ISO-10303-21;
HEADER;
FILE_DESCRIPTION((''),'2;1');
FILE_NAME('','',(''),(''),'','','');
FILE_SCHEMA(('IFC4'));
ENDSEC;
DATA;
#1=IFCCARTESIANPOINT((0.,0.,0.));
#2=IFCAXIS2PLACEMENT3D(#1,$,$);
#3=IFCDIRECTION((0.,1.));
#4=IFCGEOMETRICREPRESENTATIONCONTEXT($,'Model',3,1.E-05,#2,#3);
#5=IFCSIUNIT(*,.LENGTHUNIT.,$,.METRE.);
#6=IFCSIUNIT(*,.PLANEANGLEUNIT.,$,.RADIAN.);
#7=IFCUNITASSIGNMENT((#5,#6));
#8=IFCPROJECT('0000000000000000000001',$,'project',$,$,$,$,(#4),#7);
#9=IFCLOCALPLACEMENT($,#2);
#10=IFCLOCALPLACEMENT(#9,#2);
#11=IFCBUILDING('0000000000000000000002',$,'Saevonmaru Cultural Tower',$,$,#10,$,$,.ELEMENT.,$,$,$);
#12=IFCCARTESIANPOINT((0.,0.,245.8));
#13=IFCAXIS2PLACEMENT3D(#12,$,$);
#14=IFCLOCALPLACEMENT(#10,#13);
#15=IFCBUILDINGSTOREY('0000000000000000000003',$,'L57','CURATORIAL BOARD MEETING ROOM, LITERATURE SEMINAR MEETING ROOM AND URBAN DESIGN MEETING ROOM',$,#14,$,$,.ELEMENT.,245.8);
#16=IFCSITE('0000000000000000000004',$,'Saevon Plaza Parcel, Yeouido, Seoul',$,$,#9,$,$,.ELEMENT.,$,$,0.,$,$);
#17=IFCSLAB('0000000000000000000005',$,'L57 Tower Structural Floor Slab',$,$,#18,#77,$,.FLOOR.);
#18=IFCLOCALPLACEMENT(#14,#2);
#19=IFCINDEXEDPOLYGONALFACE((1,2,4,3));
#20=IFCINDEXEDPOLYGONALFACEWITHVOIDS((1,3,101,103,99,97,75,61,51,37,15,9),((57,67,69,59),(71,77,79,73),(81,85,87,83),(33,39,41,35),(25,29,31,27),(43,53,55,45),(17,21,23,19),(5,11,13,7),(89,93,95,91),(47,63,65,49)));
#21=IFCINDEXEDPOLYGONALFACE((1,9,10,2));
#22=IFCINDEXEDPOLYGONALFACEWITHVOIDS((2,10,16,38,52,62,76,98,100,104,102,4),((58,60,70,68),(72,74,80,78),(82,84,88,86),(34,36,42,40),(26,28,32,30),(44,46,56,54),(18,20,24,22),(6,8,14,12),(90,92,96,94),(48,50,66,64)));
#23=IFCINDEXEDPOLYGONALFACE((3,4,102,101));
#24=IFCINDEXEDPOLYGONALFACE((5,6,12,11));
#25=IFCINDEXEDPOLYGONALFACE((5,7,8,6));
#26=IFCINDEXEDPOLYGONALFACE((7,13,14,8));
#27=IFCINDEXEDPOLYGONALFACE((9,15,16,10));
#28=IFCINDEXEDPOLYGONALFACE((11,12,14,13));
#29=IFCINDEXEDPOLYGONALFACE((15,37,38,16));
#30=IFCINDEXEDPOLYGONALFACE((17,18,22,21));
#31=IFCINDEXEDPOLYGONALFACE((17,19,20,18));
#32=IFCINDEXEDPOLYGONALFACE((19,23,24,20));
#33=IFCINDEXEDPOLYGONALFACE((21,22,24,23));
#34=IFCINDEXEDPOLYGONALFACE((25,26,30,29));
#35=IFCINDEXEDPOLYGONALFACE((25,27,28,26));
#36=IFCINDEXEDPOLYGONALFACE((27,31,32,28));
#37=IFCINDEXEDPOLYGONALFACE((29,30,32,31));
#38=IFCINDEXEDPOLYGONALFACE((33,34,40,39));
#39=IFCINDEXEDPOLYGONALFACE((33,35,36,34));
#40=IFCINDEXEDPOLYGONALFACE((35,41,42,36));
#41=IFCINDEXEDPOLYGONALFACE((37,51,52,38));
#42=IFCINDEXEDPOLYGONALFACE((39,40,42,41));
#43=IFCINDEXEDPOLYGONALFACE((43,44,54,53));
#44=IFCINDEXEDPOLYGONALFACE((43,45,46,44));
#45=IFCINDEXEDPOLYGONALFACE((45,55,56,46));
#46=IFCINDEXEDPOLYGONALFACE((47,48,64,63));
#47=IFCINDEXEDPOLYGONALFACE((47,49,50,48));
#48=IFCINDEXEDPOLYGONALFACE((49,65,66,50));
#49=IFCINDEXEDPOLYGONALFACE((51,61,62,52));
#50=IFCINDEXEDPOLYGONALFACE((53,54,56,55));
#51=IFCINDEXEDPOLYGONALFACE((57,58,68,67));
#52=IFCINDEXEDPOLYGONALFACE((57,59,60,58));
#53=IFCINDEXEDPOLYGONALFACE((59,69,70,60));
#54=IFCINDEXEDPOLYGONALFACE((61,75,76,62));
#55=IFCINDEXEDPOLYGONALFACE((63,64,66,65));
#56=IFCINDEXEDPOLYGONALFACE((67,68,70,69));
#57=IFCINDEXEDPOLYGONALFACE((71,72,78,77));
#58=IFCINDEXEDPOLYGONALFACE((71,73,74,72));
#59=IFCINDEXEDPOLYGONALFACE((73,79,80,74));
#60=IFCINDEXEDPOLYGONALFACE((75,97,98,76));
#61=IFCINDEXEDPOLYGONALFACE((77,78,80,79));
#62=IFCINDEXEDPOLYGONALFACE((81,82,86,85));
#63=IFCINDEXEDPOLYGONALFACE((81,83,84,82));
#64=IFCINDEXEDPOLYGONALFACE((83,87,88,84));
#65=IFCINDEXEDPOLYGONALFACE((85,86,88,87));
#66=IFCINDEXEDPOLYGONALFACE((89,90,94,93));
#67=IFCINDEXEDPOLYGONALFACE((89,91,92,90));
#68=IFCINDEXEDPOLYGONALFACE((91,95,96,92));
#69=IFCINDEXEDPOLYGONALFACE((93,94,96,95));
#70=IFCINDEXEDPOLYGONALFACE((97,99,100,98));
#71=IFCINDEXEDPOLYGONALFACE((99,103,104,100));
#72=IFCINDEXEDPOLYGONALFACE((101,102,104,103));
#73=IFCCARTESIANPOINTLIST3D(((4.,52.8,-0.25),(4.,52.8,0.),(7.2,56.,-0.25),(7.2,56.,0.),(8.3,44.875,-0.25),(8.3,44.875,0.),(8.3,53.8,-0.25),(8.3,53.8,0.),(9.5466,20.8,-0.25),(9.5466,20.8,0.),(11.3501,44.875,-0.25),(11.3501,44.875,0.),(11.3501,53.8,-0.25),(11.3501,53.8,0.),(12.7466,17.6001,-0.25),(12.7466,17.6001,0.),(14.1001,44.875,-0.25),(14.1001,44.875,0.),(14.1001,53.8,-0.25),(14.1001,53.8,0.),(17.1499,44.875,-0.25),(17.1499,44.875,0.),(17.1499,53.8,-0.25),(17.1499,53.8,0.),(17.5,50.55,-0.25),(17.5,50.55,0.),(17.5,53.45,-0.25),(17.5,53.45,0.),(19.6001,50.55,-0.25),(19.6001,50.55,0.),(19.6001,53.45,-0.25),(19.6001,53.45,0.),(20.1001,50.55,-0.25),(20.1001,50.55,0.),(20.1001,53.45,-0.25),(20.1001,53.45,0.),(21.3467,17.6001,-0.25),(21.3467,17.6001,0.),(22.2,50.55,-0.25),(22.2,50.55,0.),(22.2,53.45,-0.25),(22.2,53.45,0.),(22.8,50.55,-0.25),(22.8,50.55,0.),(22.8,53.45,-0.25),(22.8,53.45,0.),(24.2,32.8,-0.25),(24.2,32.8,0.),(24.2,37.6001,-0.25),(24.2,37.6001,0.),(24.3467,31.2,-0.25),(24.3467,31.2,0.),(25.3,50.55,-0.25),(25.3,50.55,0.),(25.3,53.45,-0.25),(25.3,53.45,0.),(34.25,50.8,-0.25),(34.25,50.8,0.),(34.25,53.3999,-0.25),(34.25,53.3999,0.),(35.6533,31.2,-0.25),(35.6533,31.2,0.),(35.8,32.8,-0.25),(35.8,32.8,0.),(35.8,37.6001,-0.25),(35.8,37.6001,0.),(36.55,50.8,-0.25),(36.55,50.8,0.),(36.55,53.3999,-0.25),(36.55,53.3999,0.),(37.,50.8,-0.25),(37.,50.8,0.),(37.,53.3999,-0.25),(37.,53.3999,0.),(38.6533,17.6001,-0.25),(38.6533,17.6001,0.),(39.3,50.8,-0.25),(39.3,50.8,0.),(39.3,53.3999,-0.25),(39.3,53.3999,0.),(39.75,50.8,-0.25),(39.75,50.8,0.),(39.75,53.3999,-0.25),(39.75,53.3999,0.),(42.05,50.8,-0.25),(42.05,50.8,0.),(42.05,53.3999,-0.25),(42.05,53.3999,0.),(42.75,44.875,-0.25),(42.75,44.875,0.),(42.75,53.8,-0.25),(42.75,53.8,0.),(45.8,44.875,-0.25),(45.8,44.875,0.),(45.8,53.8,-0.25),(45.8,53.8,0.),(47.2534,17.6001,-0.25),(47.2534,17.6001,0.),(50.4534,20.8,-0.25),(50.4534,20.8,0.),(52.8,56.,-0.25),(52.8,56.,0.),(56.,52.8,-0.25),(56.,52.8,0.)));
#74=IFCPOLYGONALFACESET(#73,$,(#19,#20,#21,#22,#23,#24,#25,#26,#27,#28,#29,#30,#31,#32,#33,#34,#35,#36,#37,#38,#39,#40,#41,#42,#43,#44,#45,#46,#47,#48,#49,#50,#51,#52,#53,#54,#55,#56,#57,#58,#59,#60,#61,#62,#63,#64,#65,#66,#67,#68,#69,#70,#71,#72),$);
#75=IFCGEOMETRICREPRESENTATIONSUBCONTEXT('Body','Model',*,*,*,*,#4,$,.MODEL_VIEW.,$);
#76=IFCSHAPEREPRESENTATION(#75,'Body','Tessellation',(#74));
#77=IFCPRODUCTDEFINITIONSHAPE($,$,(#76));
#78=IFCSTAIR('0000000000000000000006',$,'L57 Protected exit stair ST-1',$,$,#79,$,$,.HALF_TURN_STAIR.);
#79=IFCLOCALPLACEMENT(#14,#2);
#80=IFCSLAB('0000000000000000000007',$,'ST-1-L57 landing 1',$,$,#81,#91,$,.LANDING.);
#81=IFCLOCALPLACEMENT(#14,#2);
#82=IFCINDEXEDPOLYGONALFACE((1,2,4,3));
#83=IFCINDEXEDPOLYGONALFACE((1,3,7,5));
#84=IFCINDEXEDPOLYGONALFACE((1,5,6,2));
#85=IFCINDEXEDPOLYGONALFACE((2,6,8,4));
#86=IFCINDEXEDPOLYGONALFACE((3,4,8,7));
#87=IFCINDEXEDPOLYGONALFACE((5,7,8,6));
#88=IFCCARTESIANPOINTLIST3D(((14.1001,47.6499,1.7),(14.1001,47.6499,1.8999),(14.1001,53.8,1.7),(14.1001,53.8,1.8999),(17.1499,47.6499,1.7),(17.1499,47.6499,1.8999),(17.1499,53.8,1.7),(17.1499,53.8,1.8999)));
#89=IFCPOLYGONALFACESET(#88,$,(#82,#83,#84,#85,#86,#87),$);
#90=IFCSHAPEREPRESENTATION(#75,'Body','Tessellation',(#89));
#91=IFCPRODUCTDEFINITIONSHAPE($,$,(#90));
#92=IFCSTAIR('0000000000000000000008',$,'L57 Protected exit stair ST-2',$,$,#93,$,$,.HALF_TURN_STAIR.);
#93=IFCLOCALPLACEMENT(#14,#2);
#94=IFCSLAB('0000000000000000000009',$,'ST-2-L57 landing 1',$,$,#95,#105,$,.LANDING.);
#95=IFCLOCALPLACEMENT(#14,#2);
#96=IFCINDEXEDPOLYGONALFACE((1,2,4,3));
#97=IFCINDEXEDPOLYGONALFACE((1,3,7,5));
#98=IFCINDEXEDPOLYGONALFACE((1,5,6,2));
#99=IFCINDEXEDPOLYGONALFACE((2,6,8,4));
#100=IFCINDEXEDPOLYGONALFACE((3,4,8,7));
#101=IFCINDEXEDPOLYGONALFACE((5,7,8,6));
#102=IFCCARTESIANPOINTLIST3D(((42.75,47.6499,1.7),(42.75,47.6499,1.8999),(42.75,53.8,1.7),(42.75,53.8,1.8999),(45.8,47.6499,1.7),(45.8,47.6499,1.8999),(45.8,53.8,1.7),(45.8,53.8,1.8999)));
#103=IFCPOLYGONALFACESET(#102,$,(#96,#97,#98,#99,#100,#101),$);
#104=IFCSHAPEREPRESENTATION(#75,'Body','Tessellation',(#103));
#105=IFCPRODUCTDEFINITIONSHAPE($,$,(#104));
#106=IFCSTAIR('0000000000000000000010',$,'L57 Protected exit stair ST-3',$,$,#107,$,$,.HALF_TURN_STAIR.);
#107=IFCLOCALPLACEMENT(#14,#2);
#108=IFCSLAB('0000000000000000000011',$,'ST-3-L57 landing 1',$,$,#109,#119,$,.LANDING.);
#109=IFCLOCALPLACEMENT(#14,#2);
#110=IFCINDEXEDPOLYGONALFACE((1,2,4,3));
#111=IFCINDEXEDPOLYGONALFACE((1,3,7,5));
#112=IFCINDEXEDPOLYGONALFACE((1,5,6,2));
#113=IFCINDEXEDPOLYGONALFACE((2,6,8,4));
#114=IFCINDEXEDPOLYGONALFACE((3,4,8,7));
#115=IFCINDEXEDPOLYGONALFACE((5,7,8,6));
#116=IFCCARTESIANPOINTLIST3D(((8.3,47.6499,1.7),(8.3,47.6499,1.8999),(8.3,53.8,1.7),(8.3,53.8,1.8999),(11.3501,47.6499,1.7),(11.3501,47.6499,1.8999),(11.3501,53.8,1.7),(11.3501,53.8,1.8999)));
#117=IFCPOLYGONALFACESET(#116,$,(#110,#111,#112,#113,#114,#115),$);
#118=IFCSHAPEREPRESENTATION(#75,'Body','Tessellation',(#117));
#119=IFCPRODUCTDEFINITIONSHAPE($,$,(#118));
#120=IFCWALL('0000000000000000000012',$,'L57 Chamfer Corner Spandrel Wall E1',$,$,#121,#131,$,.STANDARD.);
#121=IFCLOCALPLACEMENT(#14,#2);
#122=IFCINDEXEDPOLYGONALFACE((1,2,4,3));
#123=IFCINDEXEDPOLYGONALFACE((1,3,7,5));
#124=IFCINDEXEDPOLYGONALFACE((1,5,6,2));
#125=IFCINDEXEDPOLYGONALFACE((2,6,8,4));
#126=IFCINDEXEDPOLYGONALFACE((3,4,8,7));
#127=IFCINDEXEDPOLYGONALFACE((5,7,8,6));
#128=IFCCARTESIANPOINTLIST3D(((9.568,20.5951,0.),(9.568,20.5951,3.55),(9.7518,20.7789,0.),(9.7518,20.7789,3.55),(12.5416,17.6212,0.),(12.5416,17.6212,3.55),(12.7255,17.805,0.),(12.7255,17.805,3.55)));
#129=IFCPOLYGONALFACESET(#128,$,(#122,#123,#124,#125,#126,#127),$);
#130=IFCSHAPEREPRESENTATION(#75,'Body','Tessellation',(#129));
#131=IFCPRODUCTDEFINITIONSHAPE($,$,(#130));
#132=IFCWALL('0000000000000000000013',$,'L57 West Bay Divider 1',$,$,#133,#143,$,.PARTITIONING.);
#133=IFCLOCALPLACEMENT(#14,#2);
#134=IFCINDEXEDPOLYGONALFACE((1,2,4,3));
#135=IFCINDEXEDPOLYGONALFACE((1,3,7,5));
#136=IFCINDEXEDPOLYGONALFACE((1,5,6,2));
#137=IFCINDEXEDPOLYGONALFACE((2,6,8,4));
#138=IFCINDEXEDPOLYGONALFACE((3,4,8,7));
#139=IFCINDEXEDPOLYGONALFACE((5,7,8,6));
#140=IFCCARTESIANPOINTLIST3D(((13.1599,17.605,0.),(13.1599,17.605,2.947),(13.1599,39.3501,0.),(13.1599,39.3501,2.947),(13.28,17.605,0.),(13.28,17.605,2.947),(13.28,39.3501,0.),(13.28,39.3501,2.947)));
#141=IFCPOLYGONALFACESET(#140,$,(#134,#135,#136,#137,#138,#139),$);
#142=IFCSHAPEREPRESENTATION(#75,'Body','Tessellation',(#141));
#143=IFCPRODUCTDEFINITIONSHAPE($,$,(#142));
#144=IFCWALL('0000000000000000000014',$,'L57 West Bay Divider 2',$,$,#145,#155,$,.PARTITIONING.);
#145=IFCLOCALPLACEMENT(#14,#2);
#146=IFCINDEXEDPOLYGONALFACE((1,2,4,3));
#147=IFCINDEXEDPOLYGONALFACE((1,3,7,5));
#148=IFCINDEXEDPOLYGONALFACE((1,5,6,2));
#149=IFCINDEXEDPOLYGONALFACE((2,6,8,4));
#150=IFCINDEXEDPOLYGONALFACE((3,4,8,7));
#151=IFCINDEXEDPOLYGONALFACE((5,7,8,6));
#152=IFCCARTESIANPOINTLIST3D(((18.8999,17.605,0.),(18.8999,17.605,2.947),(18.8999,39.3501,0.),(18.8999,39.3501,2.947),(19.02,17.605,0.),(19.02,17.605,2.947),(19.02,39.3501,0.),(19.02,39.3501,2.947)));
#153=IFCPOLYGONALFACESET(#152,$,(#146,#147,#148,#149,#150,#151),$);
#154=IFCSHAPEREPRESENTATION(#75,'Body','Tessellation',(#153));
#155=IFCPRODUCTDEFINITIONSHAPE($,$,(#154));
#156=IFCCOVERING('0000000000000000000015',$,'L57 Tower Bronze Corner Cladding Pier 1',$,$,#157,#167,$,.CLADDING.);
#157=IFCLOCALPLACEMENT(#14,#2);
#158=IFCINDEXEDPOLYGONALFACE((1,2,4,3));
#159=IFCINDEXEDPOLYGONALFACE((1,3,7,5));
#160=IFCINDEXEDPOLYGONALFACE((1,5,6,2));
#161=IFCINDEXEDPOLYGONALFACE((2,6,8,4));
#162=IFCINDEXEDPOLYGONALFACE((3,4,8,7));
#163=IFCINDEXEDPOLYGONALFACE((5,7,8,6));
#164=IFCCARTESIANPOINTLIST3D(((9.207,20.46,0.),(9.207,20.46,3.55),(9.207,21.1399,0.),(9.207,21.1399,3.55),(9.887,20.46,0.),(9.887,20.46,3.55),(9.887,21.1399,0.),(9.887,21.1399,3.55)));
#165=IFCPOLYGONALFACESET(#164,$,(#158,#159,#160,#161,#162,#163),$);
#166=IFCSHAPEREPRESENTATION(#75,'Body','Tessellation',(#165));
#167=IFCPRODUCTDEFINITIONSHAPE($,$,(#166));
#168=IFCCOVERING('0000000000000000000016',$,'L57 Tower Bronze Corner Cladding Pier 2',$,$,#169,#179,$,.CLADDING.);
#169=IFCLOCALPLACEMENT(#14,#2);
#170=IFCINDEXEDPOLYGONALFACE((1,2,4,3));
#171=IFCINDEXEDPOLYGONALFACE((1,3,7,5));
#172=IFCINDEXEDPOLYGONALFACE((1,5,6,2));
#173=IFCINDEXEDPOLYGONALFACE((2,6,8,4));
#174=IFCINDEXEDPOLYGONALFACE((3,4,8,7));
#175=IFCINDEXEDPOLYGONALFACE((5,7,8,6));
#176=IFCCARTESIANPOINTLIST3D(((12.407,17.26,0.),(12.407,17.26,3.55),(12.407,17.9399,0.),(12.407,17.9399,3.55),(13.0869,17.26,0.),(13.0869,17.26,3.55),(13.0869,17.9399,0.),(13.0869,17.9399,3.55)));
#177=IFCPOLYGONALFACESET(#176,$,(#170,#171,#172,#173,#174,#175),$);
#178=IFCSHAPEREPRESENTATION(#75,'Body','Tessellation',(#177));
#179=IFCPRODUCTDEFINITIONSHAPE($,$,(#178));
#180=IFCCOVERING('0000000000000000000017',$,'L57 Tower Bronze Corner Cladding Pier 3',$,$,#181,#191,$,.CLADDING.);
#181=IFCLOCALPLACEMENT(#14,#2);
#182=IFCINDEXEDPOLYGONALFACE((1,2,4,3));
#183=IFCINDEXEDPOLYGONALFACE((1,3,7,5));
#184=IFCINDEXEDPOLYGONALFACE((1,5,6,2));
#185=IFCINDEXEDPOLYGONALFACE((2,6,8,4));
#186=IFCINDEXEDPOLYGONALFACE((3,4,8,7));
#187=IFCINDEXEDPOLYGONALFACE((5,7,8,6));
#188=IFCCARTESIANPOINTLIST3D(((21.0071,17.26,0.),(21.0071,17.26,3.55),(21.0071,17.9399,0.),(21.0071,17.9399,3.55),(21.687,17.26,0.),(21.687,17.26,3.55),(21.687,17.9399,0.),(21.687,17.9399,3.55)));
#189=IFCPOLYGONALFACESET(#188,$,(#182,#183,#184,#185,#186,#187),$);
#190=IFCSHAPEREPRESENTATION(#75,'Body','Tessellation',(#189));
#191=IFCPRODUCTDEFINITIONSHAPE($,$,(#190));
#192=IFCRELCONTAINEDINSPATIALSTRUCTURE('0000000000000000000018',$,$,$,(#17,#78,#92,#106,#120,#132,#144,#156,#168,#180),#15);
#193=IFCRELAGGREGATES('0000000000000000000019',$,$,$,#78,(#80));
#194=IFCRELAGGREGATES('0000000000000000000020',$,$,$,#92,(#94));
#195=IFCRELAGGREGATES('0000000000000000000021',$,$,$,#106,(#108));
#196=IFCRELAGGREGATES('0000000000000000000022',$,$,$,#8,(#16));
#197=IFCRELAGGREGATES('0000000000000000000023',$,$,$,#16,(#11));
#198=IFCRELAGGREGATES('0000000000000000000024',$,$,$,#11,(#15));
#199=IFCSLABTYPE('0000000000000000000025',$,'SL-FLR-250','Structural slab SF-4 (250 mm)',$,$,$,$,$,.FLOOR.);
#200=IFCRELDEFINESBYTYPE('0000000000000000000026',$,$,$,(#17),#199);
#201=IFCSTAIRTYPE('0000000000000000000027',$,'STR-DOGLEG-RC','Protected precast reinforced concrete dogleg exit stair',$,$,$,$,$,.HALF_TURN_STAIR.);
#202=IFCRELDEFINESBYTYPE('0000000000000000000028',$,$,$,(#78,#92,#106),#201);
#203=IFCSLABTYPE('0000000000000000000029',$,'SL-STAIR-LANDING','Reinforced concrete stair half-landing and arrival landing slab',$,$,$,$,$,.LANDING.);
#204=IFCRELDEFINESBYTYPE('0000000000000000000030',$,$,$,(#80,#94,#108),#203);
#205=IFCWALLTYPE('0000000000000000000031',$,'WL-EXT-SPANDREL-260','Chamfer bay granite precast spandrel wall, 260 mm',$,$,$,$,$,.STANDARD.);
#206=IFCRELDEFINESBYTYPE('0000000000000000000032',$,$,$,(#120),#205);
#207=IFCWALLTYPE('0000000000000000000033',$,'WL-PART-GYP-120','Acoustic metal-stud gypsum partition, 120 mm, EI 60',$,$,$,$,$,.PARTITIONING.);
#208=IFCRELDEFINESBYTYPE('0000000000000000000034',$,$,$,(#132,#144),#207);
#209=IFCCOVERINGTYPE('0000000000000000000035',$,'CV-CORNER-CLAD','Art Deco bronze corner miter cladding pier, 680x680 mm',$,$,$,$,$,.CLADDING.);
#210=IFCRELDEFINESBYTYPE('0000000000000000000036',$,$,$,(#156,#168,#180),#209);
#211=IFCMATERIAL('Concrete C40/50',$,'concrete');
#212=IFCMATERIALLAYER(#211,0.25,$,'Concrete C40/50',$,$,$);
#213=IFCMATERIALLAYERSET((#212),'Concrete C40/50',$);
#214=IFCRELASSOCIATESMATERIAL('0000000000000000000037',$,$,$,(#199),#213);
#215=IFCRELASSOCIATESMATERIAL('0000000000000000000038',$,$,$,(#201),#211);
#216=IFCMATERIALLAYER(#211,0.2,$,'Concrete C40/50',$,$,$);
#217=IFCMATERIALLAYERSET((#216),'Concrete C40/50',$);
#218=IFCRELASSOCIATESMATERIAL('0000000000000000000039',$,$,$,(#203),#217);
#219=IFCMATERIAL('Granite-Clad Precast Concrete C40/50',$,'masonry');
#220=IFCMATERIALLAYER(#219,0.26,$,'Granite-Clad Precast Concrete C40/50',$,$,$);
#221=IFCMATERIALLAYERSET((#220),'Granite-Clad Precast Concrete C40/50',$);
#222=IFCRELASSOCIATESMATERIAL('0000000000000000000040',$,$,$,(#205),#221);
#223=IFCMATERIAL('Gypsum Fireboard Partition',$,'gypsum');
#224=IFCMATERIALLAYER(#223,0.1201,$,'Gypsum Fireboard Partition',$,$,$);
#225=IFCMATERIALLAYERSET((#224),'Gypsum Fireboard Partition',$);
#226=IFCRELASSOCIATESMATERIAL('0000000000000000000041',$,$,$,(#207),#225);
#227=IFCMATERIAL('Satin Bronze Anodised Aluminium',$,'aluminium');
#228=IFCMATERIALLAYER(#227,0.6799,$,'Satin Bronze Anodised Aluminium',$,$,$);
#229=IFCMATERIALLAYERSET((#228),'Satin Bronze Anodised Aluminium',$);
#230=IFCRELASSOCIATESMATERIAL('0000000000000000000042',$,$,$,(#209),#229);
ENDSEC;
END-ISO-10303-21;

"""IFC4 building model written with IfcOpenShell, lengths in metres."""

from ifc_helpers import new_model, si_unit, direction, frame, frame_2d, origin, place, context, subcontext, project, spatial, polyline, rectangle, outline, extrude, material, layer, layer_set, type_object, element, aggregate, save


model = new_model("IFC4")

# Units and contexts
model_context = context("Model", 3, precision=1e-05, world=origin(), true_north=direction((0.0, 1.0)))
body_context = subcontext(model_context, "Body", "Model", "MODEL_VIEW")
ifc_project = project(units=[si_unit("LENGTHUNIT", "METRE"), si_unit("PLANEANGLEUNIT", "RADIAN")], contexts=[model_context])

# Site, building, storey
site_placement = place(None, origin())
site = spatial("IfcSite", under=ifc_project, at=site_placement, Name="Saevon Plaza Parcel, Yeouido, Seoul", CompositionType="ELEMENT", RefElevation=0.0)
building_placement = place(site_placement, origin())
building = spatial("IfcBuilding", under=site, at=building_placement, Name="Saevonmaru Cultural Tower", CompositionType="ELEMENT")
storey_placement = place(building_placement, frame((0.0, 0.0, 245.8)))
storey = spatial("IfcBuildingStorey", under=building, at=storey_placement, Name="L57", Description="CURATORIAL BOARD MEETING ROOM, LITERATURE SEMINAR MEETING ROOM AND URBAN DESIGN MEETING ROOM", CompositionType="ELEMENT", Elevation=245.8)

# Shared definitions
ifc_material_1 = material(Name="Satin Bronze Anodised Aluminium", Category="aluminium")

# Slab
ifc_material_2 = material(Name="Concrete C40/50", Category="concrete")
ifc_layer_1 = layer(ifc_material_2, 0.25, Name="Concrete C40/50")
ifc_layer_set_1 = layer_set([ifc_layer_1], Name="Concrete C40/50")
slab_type_1 = type_object("IfcSlabType", Name="SL-FLR-250", Description="Structural slab SF-4 (250 mm)", PredefinedType="FLOOR", material=ifc_layer_set_1)
slab_1_placement = place(storey_placement, frame((0.0, 0.0, -0.25)))
element("IfcSlab", 1, at=slab_1_placement, inside=storey, type_object=slab_type_1, Name="L57 Tower Structural Floor Slab", PredefinedType="FLOOR", context=body_context, shape_type="SweptSolid", body=[
    extrude(outline(polyline([(9.5466, 20.8), (12.7466, 17.6001), (21.3467, 17.6001), (24.3467, 31.2), (35.6533, 31.2), (38.6533, 17.6001), (47.2534, 17.6001), (50.4534, 20.8), (56.0, 52.8), (52.8, 56.0), (7.2, 56.0), (4.0, 52.8), (9.5466, 20.8)]), holes=[polyline([(45.8, 44.875), (42.75, 44.875), (42.75, 53.8), (45.8, 53.8), (45.8, 44.875)]), polyline([(39.75, 50.8), (39.75, 53.3999), (42.05, 53.3999), (42.05, 50.8), (39.75, 50.8)]), polyline([(37.0, 50.8), (37.0, 53.3999), (39.3, 53.3999), (39.3, 50.8), (37.0, 50.8)]), polyline([(36.55, 50.8), (34.25, 50.8), (34.25, 53.3999), (36.55, 53.3999), (36.55, 50.8)]), polyline([(35.8, 32.8), (24.2, 32.8), (24.2, 37.6001), (35.8, 37.6001), (35.8, 32.8)]), polyline([(25.3, 50.55), (22.8, 50.55), (22.8, 53.45), (25.3, 53.45), (25.3, 50.55)]), polyline([(22.2, 50.55), (20.1001, 50.55), (20.1001, 53.45), (22.2, 53.45), (22.2, 50.55)]), polyline([(17.5, 50.55), (17.5, 53.45), (19.6001, 53.45), (19.6001, 50.55), (17.5, 50.55)]), polyline([(17.1499, 53.8), (17.1499, 44.875), (14.1001, 44.875), (14.1001, 53.8), (17.1499, 53.8)]), polyline([(11.3501, 53.8), (11.3501, 44.875), (8.3, 44.875), (8.3, 53.8), (11.3501, 53.8)])]), origin(), (0.0, 0.0, 1.0), 0.25),
])

# Stairs, slabs
stair_type = type_object("IfcStairType", Name="STR-DOGLEG-RC", Description="Protected precast reinforced concrete dogleg exit stair", PredefinedType="HALF_TURN_STAIR", material=ifc_material_2)
stair_1_placement = place(storey_placement, origin())
stair_1 = element("IfcStair", 2, at=stair_1_placement, inside=storey, type_object=stair_type, Name="L57 Protected exit stair ST-1", PredefinedType="HALF_TURN_STAIR")
ifc_layer_2 = layer(ifc_material_2, 0.2, Name="Concrete C40/50")
ifc_layer_set_2 = layer_set([ifc_layer_2], Name="Concrete C40/50")
slab_type_2 = type_object("IfcSlabType", Name="SL-STAIR-LANDING", Description="Reinforced concrete stair half-landing and arrival landing slab", PredefinedType="LANDING", material=ifc_layer_set_2)
slab_2_placement = place(storey_placement, frame((0.0, 0.0, 1.7)))
slab_2 = element("IfcSlab", 3, at=slab_2_placement, type_object=slab_type_2, Name="ST-1-L57 landing 1", PredefinedType="LANDING", context=body_context, shape_type="SweptSolid", body=[
    extrude(outline(polyline([(17.1499, 47.6499), (17.1499, 53.8), (14.1001, 53.8), (14.1001, 47.6499), (17.1499, 47.6499)])), origin(), (0.0, 0.0, 1.0), 0.2),
])
aggregate(stair_1, [slab_2])
stair_2_placement = place(storey_placement, origin())
stair_2 = element("IfcStair", 4, at=stair_2_placement, inside=storey, type_object=stair_type, Name="L57 Protected exit stair ST-2", PredefinedType="HALF_TURN_STAIR")
slab_3_placement = place(storey_placement, frame((0.0, 0.0, 1.7)))
slab_3 = element("IfcSlab", 5, at=slab_3_placement, type_object=slab_type_2, Name="ST-2-L57 landing 1", PredefinedType="LANDING", context=body_context, shape_type="SweptSolid", body=[
    extrude(outline(polyline([(45.8, 47.6499), (45.8, 53.8), (42.75, 53.8), (42.75, 47.6499), (45.8, 47.6499)])), origin(), (0.0, 0.0, 1.0), 0.2),
])
aggregate(stair_2, [slab_3])
stair_3_placement = place(storey_placement, origin())
stair_3 = element("IfcStair", 6, at=stair_3_placement, inside=storey, type_object=stair_type, Name="L57 Protected exit stair ST-3", PredefinedType="HALF_TURN_STAIR")
slab_4_placement = place(storey_placement, frame((0.0, 0.0, 1.7)))
slab_4 = element("IfcSlab", 7, at=slab_4_placement, type_object=slab_type_2, Name="ST-3-L57 landing 1", PredefinedType="LANDING", context=body_context, shape_type="SweptSolid", body=[
    extrude(outline(polyline([(11.3501, 47.6499), (11.3501, 53.8), (8.3, 53.8), (8.3, 47.6499), (11.3501, 47.6499)])), origin(), (0.0, 0.0, 1.0), 0.2),
])
aggregate(stair_3, [slab_4])

# Walls
ifc_material_3 = material(Name="Granite-Clad Precast Concrete C40/50", Category="masonry")
ifc_layer_3 = layer(ifc_material_3, 0.26, Name="Granite-Clad Precast Concrete C40/50")
ifc_layer_set_3 = layer_set([ifc_layer_3], Name="Granite-Clad Precast Concrete C40/50")
wall_type_1 = type_object("IfcWallType", Name="WL-EXT-SPANDREL-260", Description="Chamfer bay granite precast spandrel wall, 260 mm", PredefinedType="STANDARD", material=ifc_layer_set_3)
wall_placement = place(storey_placement, frame((9.6599, 20.687, 0.0), z_axis=(0.0, 0.0, 1.0), x_axis=(0.707078, -0.707136, 0.0)))
element("IfcWall", 8, at=wall_placement, inside=storey, type_object=wall_type_1, Name="L57 Chamfer Corner Spandrel Wall E1", PredefinedType="STANDARD", context=body_context, shape_type="SweptSolid", body=[
    extrude(rectangle(XDim=4.2056, YDim=0.26, at=frame_2d((2.1028, 0.0))), origin(), (0.0, 0.0, 1.0), 3.55),
])
ifc_material_4 = material(Name="Gypsum Fireboard Partition", Category="gypsum")
ifc_layer_4 = layer(ifc_material_4, 0.1201, Name="Gypsum Fireboard Partition")
ifc_layer_set_4 = layer_set([ifc_layer_4], Name="Gypsum Fireboard Partition")
wall_type_2 = type_object("IfcWallType", Name="WL-PART-GYP-120", Description="Acoustic metal-stud gypsum partition, 120 mm, EI 60", PredefinedType="PARTITIONING", material=ifc_layer_set_4)
for number, where, z_axis, x_axis, name in (
    (9, (13.22, 17.605, 0.0), (0.0, 0.0, 1.0), (0.0, 1.0, 0.0), "L57 West Bay Divider 1"),
    (10, (18.96, 17.605, 0.0), (0.0, 0.0, 1.0), (0.0, 1.0, 0.0), "L57 West Bay Divider 2"),
):
    element("IfcWall", number, at=place(storey_placement, frame(where, z_axis=z_axis, x_axis=x_axis)), inside=storey, type_object=wall_type_2, Name=name, PredefinedType="PARTITIONING", context=body_context, shape_type="SweptSolid", body=[
        extrude(rectangle(XDim=21.7451, YDim=0.1201, at=frame_2d((10.8726, 0.0))), origin(), (0.0, 0.0, 1.0), 2.947),
    ])

# Coverings
ifc_layer_5 = layer(ifc_material_1, 0.6799, Name="Satin Bronze Anodised Aluminium")
ifc_layer_set_5 = layer_set([ifc_layer_5], Name="Satin Bronze Anodised Aluminium")
covering_type = type_object("IfcCoveringType", Name="CV-CORNER-CLAD", Description="Art Deco bronze corner miter cladding pier, 680x680 mm", PredefinedType="CLADDING", material=ifc_layer_set_5)
covering_1_placement = place(storey_placement, origin())
element("IfcCovering", 11, at=covering_1_placement, inside=storey, type_object=covering_type, Name="L57 Tower Bronze Corner Cladding Pier 1", PredefinedType="CLADDING", context=body_context, shape_type="SweptSolid", body=[
    extrude(outline(polyline([(9.207, 20.46), (9.887, 20.46), (9.887, 21.1399), (9.207, 21.1399), (9.207, 20.46)])), origin(), (0.0, 0.0, 1.0), 3.55),
])
covering_2_placement = place(storey_placement, origin())
element("IfcCovering", 12, at=covering_2_placement, inside=storey, type_object=covering_type, Name="L57 Tower Bronze Corner Cladding Pier 2", PredefinedType="CLADDING", context=body_context, shape_type="SweptSolid", body=[
    extrude(outline(polyline([(12.407, 17.26), (13.0869, 17.26), (13.0869, 17.9399), (12.407, 17.9399), (12.407, 17.26)])), origin(), (0.0, 0.0, 1.0), 3.55),
])
covering_3_placement = place(storey_placement, origin())
element("IfcCovering", 13, at=covering_3_placement, inside=storey, type_object=covering_type, Name="L57 Tower Bronze Corner Cladding Pier 3", PredefinedType="CLADDING", context=body_context, shape_type="SweptSolid", body=[
    extrude(outline(polyline([(21.0071, 17.26), (21.687, 17.26), (21.687, 17.9399), (21.0071, 17.9399), (21.0071, 17.26)])), origin(), (0.0, 0.0, 1.0), 3.55),
])

save(model, "model.ifc")
